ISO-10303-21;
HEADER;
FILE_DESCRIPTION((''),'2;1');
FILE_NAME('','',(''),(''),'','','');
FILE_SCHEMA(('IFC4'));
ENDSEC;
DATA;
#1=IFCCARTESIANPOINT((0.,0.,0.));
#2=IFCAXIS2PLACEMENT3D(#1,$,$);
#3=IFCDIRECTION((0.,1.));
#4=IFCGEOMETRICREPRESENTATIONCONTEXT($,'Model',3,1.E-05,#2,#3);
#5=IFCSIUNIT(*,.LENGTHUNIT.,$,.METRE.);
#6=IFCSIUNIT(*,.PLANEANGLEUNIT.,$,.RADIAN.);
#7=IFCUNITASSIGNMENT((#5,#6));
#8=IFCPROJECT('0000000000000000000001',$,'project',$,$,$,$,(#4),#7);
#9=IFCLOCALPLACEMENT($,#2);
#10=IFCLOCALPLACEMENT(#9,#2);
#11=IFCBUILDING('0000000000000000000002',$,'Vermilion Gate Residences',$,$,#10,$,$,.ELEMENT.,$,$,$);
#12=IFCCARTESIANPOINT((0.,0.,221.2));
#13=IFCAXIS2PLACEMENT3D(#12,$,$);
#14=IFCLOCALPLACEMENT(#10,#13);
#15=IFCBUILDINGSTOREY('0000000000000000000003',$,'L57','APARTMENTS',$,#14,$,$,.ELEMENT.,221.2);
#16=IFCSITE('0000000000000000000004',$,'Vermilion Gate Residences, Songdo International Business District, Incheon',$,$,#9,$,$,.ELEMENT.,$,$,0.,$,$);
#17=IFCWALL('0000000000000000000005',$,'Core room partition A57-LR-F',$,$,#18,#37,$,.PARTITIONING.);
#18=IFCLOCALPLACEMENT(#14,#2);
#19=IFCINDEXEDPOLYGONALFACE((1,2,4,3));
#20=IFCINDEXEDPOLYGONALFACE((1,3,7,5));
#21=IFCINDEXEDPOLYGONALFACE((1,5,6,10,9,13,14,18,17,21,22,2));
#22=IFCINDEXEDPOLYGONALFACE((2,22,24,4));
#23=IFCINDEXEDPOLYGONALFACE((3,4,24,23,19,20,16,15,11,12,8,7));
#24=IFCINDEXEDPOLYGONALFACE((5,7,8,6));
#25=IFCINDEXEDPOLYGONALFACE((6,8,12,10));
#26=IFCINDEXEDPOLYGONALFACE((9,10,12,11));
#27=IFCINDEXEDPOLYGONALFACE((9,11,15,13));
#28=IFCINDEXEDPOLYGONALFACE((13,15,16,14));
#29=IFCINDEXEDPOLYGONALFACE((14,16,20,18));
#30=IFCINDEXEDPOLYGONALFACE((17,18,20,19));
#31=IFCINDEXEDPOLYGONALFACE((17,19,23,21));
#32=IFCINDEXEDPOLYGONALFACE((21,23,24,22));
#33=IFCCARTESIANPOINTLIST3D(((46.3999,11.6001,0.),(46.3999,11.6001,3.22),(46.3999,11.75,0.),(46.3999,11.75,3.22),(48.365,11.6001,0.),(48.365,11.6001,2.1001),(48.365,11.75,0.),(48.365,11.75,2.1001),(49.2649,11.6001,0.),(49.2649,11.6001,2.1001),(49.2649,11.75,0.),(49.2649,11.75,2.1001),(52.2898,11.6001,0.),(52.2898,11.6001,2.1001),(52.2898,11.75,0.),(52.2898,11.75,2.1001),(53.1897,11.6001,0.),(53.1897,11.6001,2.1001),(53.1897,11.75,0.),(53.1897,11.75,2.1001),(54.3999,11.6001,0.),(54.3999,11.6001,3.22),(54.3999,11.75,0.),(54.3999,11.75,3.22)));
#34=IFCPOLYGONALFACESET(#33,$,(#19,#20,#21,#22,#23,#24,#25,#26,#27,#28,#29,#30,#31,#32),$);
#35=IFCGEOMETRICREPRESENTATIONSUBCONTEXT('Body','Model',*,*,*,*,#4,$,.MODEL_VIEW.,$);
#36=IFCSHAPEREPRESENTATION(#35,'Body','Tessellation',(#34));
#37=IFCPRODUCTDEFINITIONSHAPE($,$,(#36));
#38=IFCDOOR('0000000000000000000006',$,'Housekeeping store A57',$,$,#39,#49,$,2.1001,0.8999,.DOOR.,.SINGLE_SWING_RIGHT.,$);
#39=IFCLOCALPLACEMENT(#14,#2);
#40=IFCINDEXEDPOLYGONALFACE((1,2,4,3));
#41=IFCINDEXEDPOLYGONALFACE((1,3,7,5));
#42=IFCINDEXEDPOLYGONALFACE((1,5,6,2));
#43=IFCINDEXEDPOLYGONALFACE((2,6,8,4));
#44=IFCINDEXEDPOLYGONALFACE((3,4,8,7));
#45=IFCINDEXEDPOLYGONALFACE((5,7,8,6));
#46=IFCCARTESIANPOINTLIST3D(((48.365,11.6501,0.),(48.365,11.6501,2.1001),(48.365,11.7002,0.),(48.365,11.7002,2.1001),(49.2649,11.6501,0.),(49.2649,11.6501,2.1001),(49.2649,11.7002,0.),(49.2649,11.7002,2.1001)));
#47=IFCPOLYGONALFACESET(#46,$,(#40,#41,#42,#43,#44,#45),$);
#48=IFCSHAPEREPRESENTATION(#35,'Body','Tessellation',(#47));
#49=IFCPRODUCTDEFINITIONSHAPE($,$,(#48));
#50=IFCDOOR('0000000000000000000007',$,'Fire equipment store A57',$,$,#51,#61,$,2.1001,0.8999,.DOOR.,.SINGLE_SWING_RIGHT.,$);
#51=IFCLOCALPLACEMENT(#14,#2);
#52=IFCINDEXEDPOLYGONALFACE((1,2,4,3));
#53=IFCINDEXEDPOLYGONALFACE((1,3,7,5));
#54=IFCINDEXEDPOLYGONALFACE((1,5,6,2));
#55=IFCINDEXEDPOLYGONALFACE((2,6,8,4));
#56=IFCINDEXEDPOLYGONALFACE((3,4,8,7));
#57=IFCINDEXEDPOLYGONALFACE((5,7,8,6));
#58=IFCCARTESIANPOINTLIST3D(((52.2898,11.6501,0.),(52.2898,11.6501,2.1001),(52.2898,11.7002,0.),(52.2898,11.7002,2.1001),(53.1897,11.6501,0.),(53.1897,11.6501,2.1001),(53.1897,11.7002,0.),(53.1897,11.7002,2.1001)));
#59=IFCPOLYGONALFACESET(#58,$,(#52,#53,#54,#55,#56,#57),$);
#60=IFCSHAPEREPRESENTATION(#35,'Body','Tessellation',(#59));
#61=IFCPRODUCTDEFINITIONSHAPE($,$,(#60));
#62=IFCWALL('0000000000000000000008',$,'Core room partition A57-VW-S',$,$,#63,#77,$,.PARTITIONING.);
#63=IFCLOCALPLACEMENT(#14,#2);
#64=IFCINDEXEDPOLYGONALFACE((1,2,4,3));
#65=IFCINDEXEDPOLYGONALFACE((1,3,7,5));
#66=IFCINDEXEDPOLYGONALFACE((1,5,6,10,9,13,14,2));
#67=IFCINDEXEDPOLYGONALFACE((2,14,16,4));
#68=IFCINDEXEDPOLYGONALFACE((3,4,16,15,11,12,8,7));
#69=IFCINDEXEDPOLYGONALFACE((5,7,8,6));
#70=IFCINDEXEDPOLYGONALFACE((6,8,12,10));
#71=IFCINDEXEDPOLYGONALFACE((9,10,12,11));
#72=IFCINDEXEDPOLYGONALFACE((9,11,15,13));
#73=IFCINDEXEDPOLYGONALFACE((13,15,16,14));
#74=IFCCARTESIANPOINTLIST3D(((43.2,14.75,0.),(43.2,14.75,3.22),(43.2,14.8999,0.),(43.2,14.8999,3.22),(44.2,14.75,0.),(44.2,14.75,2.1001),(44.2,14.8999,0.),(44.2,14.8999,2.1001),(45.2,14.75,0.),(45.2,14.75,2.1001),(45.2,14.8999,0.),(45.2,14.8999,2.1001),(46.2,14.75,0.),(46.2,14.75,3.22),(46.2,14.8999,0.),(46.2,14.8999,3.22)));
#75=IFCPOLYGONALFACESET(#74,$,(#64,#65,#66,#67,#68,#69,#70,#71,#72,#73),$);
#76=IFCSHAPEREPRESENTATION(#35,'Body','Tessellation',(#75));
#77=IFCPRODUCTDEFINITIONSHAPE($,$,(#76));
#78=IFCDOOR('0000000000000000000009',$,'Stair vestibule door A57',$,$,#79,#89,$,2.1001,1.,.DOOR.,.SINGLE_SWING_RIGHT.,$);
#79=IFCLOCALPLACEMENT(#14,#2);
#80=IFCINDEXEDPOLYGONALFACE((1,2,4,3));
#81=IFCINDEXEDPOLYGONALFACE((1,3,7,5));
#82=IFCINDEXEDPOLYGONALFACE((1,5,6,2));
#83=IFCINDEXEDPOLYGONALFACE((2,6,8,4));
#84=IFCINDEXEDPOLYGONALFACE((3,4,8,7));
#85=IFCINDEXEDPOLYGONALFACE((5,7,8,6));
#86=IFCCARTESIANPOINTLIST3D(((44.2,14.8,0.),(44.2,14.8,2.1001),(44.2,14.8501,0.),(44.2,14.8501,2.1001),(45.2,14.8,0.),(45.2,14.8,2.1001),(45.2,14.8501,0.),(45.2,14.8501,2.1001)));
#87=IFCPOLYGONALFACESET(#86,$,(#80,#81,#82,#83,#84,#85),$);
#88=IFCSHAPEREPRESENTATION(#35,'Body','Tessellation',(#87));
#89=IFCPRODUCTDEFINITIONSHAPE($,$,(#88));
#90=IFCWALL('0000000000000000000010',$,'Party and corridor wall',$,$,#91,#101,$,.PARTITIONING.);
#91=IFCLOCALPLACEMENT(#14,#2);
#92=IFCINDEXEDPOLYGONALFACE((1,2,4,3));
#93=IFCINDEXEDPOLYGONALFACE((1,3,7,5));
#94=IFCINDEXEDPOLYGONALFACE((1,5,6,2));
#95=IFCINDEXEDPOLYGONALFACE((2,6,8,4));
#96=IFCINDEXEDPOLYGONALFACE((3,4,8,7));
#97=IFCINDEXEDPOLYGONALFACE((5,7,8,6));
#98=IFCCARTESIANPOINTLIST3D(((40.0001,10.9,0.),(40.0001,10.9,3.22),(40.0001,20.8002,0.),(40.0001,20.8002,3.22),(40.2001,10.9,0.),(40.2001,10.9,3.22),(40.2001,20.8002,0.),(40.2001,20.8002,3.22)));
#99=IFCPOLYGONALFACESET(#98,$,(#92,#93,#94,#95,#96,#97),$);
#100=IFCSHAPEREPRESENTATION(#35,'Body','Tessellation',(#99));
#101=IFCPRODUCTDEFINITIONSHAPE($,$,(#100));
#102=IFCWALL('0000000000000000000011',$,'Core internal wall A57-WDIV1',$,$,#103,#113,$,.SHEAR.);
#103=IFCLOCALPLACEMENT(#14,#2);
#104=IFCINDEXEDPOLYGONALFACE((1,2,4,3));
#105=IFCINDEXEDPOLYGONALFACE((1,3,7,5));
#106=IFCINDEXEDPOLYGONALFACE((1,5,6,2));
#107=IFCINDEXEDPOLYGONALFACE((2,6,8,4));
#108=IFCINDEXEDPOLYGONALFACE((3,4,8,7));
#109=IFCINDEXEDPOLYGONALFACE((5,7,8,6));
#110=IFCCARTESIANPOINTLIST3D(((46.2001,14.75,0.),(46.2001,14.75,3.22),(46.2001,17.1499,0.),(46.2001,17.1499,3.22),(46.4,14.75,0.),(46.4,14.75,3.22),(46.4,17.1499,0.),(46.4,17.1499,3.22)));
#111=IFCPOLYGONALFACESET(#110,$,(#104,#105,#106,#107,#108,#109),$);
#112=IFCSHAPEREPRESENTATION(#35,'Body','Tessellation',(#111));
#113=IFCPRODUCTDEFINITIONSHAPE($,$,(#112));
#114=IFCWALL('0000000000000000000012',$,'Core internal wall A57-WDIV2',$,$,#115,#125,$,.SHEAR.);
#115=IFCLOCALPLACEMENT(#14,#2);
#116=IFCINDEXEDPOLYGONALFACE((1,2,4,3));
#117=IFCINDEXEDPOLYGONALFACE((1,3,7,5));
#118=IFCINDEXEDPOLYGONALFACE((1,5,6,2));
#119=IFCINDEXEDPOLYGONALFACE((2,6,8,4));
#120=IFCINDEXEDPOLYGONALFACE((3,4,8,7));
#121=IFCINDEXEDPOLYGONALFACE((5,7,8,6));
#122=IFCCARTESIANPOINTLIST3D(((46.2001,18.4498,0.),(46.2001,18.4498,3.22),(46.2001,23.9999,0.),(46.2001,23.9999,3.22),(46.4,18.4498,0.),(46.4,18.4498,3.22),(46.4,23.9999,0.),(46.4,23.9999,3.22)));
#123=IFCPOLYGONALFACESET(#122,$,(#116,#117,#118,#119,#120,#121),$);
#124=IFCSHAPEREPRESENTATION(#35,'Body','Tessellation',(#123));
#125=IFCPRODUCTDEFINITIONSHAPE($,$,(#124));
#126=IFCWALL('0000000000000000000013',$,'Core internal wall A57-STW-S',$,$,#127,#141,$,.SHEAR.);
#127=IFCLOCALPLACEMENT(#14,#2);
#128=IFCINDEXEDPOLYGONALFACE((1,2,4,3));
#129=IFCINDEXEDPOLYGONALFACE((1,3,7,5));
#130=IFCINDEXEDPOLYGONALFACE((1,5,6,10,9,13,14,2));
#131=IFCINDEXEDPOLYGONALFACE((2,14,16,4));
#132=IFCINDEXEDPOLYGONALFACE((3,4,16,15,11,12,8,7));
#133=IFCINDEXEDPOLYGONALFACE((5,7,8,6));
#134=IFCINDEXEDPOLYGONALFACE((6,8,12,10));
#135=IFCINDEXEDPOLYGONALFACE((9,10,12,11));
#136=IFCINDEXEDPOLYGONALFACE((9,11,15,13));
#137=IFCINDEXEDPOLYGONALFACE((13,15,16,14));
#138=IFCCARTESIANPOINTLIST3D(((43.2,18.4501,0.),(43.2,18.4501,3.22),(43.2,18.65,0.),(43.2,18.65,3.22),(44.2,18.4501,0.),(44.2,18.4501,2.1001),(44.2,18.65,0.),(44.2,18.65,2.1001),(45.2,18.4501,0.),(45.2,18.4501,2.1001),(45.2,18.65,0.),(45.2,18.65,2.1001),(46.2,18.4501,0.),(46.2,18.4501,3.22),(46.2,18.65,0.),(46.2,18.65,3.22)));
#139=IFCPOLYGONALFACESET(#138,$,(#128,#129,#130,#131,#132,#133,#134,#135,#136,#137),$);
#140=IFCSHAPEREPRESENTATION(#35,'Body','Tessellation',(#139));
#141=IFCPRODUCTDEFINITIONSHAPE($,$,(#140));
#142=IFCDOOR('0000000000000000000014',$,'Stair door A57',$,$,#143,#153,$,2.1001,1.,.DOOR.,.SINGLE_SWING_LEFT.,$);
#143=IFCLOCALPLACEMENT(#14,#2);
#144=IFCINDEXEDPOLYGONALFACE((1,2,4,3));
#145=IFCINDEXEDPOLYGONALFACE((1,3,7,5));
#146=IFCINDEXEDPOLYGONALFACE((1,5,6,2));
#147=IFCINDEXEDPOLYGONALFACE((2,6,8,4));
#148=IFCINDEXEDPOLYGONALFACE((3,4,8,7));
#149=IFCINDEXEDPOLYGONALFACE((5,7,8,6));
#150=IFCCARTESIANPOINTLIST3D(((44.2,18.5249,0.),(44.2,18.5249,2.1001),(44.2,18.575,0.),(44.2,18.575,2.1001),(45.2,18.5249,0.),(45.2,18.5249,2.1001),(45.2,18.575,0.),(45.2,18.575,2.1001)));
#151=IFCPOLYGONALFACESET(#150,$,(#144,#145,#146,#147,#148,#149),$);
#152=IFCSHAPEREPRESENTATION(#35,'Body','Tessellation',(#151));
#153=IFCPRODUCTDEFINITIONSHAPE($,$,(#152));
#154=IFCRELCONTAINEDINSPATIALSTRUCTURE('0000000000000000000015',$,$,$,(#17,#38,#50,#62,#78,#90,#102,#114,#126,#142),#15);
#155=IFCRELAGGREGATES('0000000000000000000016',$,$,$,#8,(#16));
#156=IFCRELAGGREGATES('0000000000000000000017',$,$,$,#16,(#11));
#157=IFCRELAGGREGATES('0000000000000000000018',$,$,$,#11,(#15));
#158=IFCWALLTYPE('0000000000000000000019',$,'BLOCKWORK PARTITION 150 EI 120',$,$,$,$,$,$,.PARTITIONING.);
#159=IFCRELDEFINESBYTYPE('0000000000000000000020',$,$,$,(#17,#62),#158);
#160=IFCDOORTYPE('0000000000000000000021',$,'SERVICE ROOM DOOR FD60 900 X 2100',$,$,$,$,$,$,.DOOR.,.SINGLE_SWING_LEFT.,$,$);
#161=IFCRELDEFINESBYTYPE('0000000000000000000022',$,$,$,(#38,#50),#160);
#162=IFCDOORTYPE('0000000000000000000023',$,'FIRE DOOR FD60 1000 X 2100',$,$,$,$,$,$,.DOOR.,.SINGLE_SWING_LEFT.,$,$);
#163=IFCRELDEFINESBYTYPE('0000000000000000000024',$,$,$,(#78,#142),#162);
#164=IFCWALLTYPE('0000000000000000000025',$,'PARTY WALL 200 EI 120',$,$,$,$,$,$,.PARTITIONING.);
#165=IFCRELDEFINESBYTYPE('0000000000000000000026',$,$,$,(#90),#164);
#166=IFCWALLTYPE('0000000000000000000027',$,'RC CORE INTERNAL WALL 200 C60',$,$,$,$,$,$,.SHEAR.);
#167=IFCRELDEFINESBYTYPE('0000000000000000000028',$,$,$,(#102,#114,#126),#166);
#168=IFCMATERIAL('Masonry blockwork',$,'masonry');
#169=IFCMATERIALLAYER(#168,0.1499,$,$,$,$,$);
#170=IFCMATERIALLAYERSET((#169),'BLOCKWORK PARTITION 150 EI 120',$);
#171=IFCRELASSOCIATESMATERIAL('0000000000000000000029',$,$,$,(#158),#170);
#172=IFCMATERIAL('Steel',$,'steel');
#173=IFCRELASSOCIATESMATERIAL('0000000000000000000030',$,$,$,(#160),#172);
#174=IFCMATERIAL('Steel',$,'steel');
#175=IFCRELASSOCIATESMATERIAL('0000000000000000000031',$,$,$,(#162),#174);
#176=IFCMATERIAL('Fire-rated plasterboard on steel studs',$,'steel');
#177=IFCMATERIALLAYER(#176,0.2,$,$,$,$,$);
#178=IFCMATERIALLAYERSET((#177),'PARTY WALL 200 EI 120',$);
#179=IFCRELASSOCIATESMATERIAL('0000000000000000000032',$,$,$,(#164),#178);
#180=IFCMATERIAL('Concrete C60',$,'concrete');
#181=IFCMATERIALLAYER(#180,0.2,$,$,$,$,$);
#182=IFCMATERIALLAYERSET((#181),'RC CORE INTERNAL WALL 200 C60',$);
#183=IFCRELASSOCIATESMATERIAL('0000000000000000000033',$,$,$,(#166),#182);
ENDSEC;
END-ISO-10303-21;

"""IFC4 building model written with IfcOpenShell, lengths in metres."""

from ifc_helpers import new_model, si_unit, direction, frame, frame_2d, origin, place, context, subcontext, project, spatial, rectangle, extrude, material, layer, layer_set, type_object, element, fill, save


model = new_model("IFC4")

# Units and contexts
model_context = context("Model", 3, precision=1e-05, world=origin(), true_north=direction((0.0, 1.0)))
body_context = subcontext(model_context, "Body", "Model", "MODEL_VIEW")
ifc_project = project(units=[si_unit("LENGTHUNIT", "METRE"), si_unit("PLANEANGLEUNIT", "RADIAN")], contexts=[model_context])

# Site, building, storey
site_placement = place(None, origin())
site = spatial("IfcSite", under=ifc_project, at=site_placement, Name="Vermilion Gate Residences, Songdo International Business District, Incheon", CompositionType="ELEMENT", RefElevation=0.0)
building_placement = place(site_placement, origin())
building = spatial("IfcBuilding", under=site, at=building_placement, Name="Vermilion Gate Residences", CompositionType="ELEMENT")
storey_placement = place(building_placement, frame((0.0, 0.0, 221.2)))
storey = spatial("IfcBuildingStorey", under=building, at=storey_placement, Name="L57", Description="APARTMENTS", CompositionType="ELEMENT", Elevation=221.2)

# Wall, openings, doors
ifc_material_1 = material(Name="Masonry blockwork", Category="masonry")
ifc_layer_1 = layer(ifc_material_1, 0.1499)
ifc_layer_set_1 = layer_set([ifc_layer_1], Name="BLOCKWORK PARTITION 150 EI 120")
wall_type_1 = type_object("IfcWallType", Name="BLOCKWORK PARTITION 150 EI 120", PredefinedType="PARTITIONING", material=ifc_layer_set_1)
wall_1_placement = place(storey_placement, frame((46.3999, 11.675, 0.0), z_axis=(0.0, 0.0, 1.0), x_axis=(1.0, 0.0, 0.0)))
wall_1 = element("IfcWall", 1, at=wall_1_placement, inside=storey, type_object=wall_type_1, Name="Core room partition A57-LR-F", PredefinedType="PARTITIONING", context=body_context, shape_type="SweptSolid", body=[
    extrude(rectangle(XDim=8.0, YDim=0.1499, at=frame_2d((4.0, 0.0))), origin(), (0.0, 0.0, 1.0), 3.22),
])
opening_1_placement = place(wall_1_placement, frame((1.9651, 0.0, 0.0)))
opening_1 = element("IfcOpeningElement", 2, at=opening_1_placement, cuts=wall_1, PredefinedType="OPENING", context=body_context, shape_type="SweptSolid", body=[
    extrude(rectangle(XDim=0.8999, YDim=2.1001, at=frame_2d((0.45, 1.05))), frame((0.0, 0.085, 0.0), z_axis=(0.0, -1.0, 0.0), x_axis=(1.0, 0.0, 0.0)), (0.0, 0.0, 1.0), 0.1699),
])
opening_2_placement = place(wall_1_placement, frame((5.8899, 0.0, 0.0)))
opening_2 = element("IfcOpeningElement", 3, at=opening_2_placement, cuts=wall_1, PredefinedType="OPENING", context=body_context, shape_type="SweptSolid", body=[
    extrude(rectangle(XDim=0.8999, YDim=2.1001, at=frame_2d((0.45, 1.05))), frame((0.0, 0.085, 0.0), z_axis=(0.0, -1.0, 0.0), x_axis=(1.0, 0.0, 0.0)), (0.0, 0.0, 1.0), 0.1699),
])
ifc_material_2 = material(Name="Steel", Category="steel")
door_type_1 = type_object("IfcDoorType", Name="SERVICE ROOM DOOR FD60 900 X 2100", OperationType="SINGLE_SWING_LEFT", PredefinedType="DOOR", material=ifc_material_2)
door_1_placement = place(opening_1_placement, frame((0.8999, 0.0, 0.0), z_axis=(0.0, 0.0, 1.0), x_axis=(-1.0, 0.0, 0.0)))
door_1 = element("IfcDoor", 4, at=door_1_placement, inside=storey, type_object=door_type_1, Name="Housekeeping store A57", OperationType="SINGLE_SWING_RIGHT", OverallHeight=2.1001, OverallWidth=0.8999, PredefinedType="DOOR", context=body_context, shape_type="SweptSolid", body=[
    extrude(rectangle(XDim=0.8999, YDim=2.1001, at=frame_2d((0.45, 1.05))), frame((0.0, 0.0249, 0.0), z_axis=(0.0, -1.0, 0.0), x_axis=(1.0, 0.0, 0.0)), (0.0, 0.0, 1.0), 0.05),
])
fill(opening_1, door_1)
door_2_placement = place(opening_2_placement, frame((0.8999, 0.0, 0.0), z_axis=(0.0, 0.0, 1.0), x_axis=(-1.0, 0.0, 0.0)))
door_2 = element("IfcDoor", 5, at=door_2_placement, inside=storey, type_object=door_type_1, Name="Fire equipment store A57", OperationType="SINGLE_SWING_RIGHT", OverallHeight=2.1001, OverallWidth=0.8999, PredefinedType="DOOR", context=body_context, shape_type="SweptSolid", body=[
    extrude(rectangle(XDim=0.8999, YDim=2.1001, at=frame_2d((0.45, 1.05))), frame((0.0, 0.0249, 0.0), z_axis=(0.0, -1.0, 0.0), x_axis=(1.0, 0.0, 0.0)), (0.0, 0.0, 1.0), 0.05),
])
fill(opening_2, door_2)

# Wall, opening, door
wall_2_placement = place(storey_placement, frame((43.2, 14.825, 0.0), z_axis=(0.0, 0.0, 1.0), x_axis=(1.0, 0.0, 0.0)))
wall_2 = element("IfcWall", 6, at=wall_2_placement, inside=storey, type_object=wall_type_1, Name="Core room partition A57-VW-S", PredefinedType="PARTITIONING", context=body_context, shape_type="SweptSolid", body=[
    extrude(rectangle(XDim=3.0, YDim=0.1499, at=frame_2d((1.5, 0.0))), origin(), (0.0, 0.0, 1.0), 3.22),
])
opening_3_placement = place(wall_2_placement, frame((1.0, 0.0, 0.0)))
opening_3 = element("IfcOpeningElement", 7, at=opening_3_placement, cuts=wall_2, PredefinedType="OPENING", context=body_context, shape_type="SweptSolid", body=[
    extrude(rectangle(XDim=1.0, YDim=2.1001, at=frame_2d((0.5, 1.05))), frame((0.0, 0.085, 0.0), z_axis=(0.0, -1.0, 0.0), x_axis=(1.0, 0.0, 0.0)), (0.0, 0.0, 1.0), 0.1699),
])
ifc_material_3 = material(Name="Steel", Category="steel")
door_type_2 = type_object("IfcDoorType", Name="FIRE DOOR FD60 1000 X 2100", OperationType="SINGLE_SWING_LEFT", PredefinedType="DOOR", material=ifc_material_3)
door_3_placement = place(opening_3_placement, frame((1.0, 0.0, 0.0), z_axis=(0.0, 0.0, 1.0), x_axis=(-1.0, 0.0, 0.0)))
door_3 = element("IfcDoor", 8, at=door_3_placement, inside=storey, type_object=door_type_2, Name="Stair vestibule door A57", OperationType="SINGLE_SWING_RIGHT", OverallHeight=2.1001, OverallWidth=1.0, PredefinedType="DOOR", context=body_context, shape_type="SweptSolid", body=[
    extrude(rectangle(XDim=1.0, YDim=2.1001, at=frame_2d((0.5, 1.05))), frame((0.0, 0.0249, 0.0), z_axis=(0.0, -1.0, 0.0), x_axis=(1.0, 0.0, 0.0)), (0.0, 0.0, 1.0), 0.05),
])
fill(opening_3, door_3)

# Walls
ifc_material_4 = material(Name="Fire-rated plasterboard on steel studs", Category="steel")
ifc_layer_2 = layer(ifc_material_4, 0.2)
ifc_layer_set_2 = layer_set([ifc_layer_2], Name="PARTY WALL 200 EI 120")
wall_type_2 = type_object("IfcWallType", Name="PARTY WALL 200 EI 120", PredefinedType="PARTITIONING", material=ifc_layer_set_2)
wall_3_placement = place(storey_placement, frame((40.1001, 10.8999, 0.0), z_axis=(0.0, 0.0, 1.0), x_axis=(0.0, 1.0, 0.0)))
element("IfcWall", 9, at=wall_3_placement, inside=storey, type_object=wall_type_2, Name="Party and corridor wall", PredefinedType="PARTITIONING", context=body_context, shape_type="SweptSolid", body=[
    extrude(rectangle(XDim=9.9001, YDim=0.2, at=frame_2d((4.9502, 0.0))), origin(), (0.0, 0.0, 1.0), 3.22),
])
ifc_material_5 = material(Name="Concrete C60", Category="concrete")
ifc_layer_3 = layer(ifc_material_5, 0.2)
ifc_layer_set_3 = layer_set([ifc_layer_3], Name="RC CORE INTERNAL WALL 200 C60")
wall_type_3 = type_object("IfcWallType", Name="RC CORE INTERNAL WALL 200 C60", PredefinedType="SHEAR", material=ifc_layer_set_3)
wall_4_placement = place(storey_placement, frame((46.3, 14.75, 0.0), z_axis=(0.0, 0.0, 1.0), x_axis=(0.0, 1.0, 0.0)))
element("IfcWall", 10, at=wall_4_placement, inside=storey, type_object=wall_type_3, Name="Core internal wall A57-WDIV1", PredefinedType="SHEAR", context=body_context, shape_type="SweptSolid", body=[
    extrude(rectangle(XDim=2.3999, YDim=0.2, at=frame_2d((1.2, 0.0))), origin(), (0.0, 0.0, 1.0), 3.22),
])
wall_5_placement = place(storey_placement, frame((46.3, 18.45, 0.0), z_axis=(0.0, 0.0, 1.0), x_axis=(0.0, 1.0, 0.0)))
element("IfcWall", 11, at=wall_5_placement, inside=storey, type_object=wall_type_3, Name="Core internal wall A57-WDIV2", PredefinedType="SHEAR", context=body_context, shape_type="SweptSolid", body=[
    extrude(rectangle(XDim=5.55, YDim=0.2, at=frame_2d((2.7749, 0.0))), origin(), (0.0, 0.0, 1.0), 3.22),
])

# Wall, opening, door
wall_6_placement = place(storey_placement, frame((43.2, 18.55, 0.0), z_axis=(0.0, 0.0, 1.0), x_axis=(1.0, 0.0, 0.0)))
wall_6 = element("IfcWall", 12, at=wall_6_placement, inside=storey, type_object=wall_type_3, Name="Core internal wall A57-STW-S", PredefinedType="SHEAR", context=body_context, shape_type="SweptSolid", body=[
    extrude(rectangle(XDim=3.0, YDim=0.2, at=frame_2d((1.5, 0.0))), origin(), (0.0, 0.0, 1.0), 3.22),
])
opening_4_placement = place(wall_6_placement, frame((1.0, 0.0, 0.0)))
opening_4 = element("IfcOpeningElement", 13, at=opening_4_placement, cuts=wall_6, PredefinedType="OPENING", context=body_context, shape_type="SweptSolid", body=[
    extrude(rectangle(XDim=1.0, YDim=2.1001, at=frame_2d((0.5, 1.05))), frame((0.0, 0.1099, 0.0), z_axis=(0.0, -1.0, 0.0), x_axis=(1.0, 0.0, 0.0)), (0.0, 0.0, 1.0), 0.22),
])
door_4_placement = place(opening_4_placement, origin())
door_4 = element("IfcDoor", 14, at=door_4_placement, inside=storey, type_object=door_type_2, Name="Stair door A57", OperationType="SINGLE_SWING_LEFT", OverallHeight=2.1001, OverallWidth=1.0, PredefinedType="DOOR", context=body_context, shape_type="SweptSolid", body=[
    extrude(rectangle(XDim=1.0, YDim=2.1001, at=frame_2d((0.5, 1.05))), frame((0.0, 0.0249, 0.0), z_axis=(0.0, -1.0, 0.0), x_axis=(1.0, 0.0, 0.0)), (0.0, 0.0, 1.0), 0.05),
])
fill(opening_4, door_4)

save(model, "model.ifc")
